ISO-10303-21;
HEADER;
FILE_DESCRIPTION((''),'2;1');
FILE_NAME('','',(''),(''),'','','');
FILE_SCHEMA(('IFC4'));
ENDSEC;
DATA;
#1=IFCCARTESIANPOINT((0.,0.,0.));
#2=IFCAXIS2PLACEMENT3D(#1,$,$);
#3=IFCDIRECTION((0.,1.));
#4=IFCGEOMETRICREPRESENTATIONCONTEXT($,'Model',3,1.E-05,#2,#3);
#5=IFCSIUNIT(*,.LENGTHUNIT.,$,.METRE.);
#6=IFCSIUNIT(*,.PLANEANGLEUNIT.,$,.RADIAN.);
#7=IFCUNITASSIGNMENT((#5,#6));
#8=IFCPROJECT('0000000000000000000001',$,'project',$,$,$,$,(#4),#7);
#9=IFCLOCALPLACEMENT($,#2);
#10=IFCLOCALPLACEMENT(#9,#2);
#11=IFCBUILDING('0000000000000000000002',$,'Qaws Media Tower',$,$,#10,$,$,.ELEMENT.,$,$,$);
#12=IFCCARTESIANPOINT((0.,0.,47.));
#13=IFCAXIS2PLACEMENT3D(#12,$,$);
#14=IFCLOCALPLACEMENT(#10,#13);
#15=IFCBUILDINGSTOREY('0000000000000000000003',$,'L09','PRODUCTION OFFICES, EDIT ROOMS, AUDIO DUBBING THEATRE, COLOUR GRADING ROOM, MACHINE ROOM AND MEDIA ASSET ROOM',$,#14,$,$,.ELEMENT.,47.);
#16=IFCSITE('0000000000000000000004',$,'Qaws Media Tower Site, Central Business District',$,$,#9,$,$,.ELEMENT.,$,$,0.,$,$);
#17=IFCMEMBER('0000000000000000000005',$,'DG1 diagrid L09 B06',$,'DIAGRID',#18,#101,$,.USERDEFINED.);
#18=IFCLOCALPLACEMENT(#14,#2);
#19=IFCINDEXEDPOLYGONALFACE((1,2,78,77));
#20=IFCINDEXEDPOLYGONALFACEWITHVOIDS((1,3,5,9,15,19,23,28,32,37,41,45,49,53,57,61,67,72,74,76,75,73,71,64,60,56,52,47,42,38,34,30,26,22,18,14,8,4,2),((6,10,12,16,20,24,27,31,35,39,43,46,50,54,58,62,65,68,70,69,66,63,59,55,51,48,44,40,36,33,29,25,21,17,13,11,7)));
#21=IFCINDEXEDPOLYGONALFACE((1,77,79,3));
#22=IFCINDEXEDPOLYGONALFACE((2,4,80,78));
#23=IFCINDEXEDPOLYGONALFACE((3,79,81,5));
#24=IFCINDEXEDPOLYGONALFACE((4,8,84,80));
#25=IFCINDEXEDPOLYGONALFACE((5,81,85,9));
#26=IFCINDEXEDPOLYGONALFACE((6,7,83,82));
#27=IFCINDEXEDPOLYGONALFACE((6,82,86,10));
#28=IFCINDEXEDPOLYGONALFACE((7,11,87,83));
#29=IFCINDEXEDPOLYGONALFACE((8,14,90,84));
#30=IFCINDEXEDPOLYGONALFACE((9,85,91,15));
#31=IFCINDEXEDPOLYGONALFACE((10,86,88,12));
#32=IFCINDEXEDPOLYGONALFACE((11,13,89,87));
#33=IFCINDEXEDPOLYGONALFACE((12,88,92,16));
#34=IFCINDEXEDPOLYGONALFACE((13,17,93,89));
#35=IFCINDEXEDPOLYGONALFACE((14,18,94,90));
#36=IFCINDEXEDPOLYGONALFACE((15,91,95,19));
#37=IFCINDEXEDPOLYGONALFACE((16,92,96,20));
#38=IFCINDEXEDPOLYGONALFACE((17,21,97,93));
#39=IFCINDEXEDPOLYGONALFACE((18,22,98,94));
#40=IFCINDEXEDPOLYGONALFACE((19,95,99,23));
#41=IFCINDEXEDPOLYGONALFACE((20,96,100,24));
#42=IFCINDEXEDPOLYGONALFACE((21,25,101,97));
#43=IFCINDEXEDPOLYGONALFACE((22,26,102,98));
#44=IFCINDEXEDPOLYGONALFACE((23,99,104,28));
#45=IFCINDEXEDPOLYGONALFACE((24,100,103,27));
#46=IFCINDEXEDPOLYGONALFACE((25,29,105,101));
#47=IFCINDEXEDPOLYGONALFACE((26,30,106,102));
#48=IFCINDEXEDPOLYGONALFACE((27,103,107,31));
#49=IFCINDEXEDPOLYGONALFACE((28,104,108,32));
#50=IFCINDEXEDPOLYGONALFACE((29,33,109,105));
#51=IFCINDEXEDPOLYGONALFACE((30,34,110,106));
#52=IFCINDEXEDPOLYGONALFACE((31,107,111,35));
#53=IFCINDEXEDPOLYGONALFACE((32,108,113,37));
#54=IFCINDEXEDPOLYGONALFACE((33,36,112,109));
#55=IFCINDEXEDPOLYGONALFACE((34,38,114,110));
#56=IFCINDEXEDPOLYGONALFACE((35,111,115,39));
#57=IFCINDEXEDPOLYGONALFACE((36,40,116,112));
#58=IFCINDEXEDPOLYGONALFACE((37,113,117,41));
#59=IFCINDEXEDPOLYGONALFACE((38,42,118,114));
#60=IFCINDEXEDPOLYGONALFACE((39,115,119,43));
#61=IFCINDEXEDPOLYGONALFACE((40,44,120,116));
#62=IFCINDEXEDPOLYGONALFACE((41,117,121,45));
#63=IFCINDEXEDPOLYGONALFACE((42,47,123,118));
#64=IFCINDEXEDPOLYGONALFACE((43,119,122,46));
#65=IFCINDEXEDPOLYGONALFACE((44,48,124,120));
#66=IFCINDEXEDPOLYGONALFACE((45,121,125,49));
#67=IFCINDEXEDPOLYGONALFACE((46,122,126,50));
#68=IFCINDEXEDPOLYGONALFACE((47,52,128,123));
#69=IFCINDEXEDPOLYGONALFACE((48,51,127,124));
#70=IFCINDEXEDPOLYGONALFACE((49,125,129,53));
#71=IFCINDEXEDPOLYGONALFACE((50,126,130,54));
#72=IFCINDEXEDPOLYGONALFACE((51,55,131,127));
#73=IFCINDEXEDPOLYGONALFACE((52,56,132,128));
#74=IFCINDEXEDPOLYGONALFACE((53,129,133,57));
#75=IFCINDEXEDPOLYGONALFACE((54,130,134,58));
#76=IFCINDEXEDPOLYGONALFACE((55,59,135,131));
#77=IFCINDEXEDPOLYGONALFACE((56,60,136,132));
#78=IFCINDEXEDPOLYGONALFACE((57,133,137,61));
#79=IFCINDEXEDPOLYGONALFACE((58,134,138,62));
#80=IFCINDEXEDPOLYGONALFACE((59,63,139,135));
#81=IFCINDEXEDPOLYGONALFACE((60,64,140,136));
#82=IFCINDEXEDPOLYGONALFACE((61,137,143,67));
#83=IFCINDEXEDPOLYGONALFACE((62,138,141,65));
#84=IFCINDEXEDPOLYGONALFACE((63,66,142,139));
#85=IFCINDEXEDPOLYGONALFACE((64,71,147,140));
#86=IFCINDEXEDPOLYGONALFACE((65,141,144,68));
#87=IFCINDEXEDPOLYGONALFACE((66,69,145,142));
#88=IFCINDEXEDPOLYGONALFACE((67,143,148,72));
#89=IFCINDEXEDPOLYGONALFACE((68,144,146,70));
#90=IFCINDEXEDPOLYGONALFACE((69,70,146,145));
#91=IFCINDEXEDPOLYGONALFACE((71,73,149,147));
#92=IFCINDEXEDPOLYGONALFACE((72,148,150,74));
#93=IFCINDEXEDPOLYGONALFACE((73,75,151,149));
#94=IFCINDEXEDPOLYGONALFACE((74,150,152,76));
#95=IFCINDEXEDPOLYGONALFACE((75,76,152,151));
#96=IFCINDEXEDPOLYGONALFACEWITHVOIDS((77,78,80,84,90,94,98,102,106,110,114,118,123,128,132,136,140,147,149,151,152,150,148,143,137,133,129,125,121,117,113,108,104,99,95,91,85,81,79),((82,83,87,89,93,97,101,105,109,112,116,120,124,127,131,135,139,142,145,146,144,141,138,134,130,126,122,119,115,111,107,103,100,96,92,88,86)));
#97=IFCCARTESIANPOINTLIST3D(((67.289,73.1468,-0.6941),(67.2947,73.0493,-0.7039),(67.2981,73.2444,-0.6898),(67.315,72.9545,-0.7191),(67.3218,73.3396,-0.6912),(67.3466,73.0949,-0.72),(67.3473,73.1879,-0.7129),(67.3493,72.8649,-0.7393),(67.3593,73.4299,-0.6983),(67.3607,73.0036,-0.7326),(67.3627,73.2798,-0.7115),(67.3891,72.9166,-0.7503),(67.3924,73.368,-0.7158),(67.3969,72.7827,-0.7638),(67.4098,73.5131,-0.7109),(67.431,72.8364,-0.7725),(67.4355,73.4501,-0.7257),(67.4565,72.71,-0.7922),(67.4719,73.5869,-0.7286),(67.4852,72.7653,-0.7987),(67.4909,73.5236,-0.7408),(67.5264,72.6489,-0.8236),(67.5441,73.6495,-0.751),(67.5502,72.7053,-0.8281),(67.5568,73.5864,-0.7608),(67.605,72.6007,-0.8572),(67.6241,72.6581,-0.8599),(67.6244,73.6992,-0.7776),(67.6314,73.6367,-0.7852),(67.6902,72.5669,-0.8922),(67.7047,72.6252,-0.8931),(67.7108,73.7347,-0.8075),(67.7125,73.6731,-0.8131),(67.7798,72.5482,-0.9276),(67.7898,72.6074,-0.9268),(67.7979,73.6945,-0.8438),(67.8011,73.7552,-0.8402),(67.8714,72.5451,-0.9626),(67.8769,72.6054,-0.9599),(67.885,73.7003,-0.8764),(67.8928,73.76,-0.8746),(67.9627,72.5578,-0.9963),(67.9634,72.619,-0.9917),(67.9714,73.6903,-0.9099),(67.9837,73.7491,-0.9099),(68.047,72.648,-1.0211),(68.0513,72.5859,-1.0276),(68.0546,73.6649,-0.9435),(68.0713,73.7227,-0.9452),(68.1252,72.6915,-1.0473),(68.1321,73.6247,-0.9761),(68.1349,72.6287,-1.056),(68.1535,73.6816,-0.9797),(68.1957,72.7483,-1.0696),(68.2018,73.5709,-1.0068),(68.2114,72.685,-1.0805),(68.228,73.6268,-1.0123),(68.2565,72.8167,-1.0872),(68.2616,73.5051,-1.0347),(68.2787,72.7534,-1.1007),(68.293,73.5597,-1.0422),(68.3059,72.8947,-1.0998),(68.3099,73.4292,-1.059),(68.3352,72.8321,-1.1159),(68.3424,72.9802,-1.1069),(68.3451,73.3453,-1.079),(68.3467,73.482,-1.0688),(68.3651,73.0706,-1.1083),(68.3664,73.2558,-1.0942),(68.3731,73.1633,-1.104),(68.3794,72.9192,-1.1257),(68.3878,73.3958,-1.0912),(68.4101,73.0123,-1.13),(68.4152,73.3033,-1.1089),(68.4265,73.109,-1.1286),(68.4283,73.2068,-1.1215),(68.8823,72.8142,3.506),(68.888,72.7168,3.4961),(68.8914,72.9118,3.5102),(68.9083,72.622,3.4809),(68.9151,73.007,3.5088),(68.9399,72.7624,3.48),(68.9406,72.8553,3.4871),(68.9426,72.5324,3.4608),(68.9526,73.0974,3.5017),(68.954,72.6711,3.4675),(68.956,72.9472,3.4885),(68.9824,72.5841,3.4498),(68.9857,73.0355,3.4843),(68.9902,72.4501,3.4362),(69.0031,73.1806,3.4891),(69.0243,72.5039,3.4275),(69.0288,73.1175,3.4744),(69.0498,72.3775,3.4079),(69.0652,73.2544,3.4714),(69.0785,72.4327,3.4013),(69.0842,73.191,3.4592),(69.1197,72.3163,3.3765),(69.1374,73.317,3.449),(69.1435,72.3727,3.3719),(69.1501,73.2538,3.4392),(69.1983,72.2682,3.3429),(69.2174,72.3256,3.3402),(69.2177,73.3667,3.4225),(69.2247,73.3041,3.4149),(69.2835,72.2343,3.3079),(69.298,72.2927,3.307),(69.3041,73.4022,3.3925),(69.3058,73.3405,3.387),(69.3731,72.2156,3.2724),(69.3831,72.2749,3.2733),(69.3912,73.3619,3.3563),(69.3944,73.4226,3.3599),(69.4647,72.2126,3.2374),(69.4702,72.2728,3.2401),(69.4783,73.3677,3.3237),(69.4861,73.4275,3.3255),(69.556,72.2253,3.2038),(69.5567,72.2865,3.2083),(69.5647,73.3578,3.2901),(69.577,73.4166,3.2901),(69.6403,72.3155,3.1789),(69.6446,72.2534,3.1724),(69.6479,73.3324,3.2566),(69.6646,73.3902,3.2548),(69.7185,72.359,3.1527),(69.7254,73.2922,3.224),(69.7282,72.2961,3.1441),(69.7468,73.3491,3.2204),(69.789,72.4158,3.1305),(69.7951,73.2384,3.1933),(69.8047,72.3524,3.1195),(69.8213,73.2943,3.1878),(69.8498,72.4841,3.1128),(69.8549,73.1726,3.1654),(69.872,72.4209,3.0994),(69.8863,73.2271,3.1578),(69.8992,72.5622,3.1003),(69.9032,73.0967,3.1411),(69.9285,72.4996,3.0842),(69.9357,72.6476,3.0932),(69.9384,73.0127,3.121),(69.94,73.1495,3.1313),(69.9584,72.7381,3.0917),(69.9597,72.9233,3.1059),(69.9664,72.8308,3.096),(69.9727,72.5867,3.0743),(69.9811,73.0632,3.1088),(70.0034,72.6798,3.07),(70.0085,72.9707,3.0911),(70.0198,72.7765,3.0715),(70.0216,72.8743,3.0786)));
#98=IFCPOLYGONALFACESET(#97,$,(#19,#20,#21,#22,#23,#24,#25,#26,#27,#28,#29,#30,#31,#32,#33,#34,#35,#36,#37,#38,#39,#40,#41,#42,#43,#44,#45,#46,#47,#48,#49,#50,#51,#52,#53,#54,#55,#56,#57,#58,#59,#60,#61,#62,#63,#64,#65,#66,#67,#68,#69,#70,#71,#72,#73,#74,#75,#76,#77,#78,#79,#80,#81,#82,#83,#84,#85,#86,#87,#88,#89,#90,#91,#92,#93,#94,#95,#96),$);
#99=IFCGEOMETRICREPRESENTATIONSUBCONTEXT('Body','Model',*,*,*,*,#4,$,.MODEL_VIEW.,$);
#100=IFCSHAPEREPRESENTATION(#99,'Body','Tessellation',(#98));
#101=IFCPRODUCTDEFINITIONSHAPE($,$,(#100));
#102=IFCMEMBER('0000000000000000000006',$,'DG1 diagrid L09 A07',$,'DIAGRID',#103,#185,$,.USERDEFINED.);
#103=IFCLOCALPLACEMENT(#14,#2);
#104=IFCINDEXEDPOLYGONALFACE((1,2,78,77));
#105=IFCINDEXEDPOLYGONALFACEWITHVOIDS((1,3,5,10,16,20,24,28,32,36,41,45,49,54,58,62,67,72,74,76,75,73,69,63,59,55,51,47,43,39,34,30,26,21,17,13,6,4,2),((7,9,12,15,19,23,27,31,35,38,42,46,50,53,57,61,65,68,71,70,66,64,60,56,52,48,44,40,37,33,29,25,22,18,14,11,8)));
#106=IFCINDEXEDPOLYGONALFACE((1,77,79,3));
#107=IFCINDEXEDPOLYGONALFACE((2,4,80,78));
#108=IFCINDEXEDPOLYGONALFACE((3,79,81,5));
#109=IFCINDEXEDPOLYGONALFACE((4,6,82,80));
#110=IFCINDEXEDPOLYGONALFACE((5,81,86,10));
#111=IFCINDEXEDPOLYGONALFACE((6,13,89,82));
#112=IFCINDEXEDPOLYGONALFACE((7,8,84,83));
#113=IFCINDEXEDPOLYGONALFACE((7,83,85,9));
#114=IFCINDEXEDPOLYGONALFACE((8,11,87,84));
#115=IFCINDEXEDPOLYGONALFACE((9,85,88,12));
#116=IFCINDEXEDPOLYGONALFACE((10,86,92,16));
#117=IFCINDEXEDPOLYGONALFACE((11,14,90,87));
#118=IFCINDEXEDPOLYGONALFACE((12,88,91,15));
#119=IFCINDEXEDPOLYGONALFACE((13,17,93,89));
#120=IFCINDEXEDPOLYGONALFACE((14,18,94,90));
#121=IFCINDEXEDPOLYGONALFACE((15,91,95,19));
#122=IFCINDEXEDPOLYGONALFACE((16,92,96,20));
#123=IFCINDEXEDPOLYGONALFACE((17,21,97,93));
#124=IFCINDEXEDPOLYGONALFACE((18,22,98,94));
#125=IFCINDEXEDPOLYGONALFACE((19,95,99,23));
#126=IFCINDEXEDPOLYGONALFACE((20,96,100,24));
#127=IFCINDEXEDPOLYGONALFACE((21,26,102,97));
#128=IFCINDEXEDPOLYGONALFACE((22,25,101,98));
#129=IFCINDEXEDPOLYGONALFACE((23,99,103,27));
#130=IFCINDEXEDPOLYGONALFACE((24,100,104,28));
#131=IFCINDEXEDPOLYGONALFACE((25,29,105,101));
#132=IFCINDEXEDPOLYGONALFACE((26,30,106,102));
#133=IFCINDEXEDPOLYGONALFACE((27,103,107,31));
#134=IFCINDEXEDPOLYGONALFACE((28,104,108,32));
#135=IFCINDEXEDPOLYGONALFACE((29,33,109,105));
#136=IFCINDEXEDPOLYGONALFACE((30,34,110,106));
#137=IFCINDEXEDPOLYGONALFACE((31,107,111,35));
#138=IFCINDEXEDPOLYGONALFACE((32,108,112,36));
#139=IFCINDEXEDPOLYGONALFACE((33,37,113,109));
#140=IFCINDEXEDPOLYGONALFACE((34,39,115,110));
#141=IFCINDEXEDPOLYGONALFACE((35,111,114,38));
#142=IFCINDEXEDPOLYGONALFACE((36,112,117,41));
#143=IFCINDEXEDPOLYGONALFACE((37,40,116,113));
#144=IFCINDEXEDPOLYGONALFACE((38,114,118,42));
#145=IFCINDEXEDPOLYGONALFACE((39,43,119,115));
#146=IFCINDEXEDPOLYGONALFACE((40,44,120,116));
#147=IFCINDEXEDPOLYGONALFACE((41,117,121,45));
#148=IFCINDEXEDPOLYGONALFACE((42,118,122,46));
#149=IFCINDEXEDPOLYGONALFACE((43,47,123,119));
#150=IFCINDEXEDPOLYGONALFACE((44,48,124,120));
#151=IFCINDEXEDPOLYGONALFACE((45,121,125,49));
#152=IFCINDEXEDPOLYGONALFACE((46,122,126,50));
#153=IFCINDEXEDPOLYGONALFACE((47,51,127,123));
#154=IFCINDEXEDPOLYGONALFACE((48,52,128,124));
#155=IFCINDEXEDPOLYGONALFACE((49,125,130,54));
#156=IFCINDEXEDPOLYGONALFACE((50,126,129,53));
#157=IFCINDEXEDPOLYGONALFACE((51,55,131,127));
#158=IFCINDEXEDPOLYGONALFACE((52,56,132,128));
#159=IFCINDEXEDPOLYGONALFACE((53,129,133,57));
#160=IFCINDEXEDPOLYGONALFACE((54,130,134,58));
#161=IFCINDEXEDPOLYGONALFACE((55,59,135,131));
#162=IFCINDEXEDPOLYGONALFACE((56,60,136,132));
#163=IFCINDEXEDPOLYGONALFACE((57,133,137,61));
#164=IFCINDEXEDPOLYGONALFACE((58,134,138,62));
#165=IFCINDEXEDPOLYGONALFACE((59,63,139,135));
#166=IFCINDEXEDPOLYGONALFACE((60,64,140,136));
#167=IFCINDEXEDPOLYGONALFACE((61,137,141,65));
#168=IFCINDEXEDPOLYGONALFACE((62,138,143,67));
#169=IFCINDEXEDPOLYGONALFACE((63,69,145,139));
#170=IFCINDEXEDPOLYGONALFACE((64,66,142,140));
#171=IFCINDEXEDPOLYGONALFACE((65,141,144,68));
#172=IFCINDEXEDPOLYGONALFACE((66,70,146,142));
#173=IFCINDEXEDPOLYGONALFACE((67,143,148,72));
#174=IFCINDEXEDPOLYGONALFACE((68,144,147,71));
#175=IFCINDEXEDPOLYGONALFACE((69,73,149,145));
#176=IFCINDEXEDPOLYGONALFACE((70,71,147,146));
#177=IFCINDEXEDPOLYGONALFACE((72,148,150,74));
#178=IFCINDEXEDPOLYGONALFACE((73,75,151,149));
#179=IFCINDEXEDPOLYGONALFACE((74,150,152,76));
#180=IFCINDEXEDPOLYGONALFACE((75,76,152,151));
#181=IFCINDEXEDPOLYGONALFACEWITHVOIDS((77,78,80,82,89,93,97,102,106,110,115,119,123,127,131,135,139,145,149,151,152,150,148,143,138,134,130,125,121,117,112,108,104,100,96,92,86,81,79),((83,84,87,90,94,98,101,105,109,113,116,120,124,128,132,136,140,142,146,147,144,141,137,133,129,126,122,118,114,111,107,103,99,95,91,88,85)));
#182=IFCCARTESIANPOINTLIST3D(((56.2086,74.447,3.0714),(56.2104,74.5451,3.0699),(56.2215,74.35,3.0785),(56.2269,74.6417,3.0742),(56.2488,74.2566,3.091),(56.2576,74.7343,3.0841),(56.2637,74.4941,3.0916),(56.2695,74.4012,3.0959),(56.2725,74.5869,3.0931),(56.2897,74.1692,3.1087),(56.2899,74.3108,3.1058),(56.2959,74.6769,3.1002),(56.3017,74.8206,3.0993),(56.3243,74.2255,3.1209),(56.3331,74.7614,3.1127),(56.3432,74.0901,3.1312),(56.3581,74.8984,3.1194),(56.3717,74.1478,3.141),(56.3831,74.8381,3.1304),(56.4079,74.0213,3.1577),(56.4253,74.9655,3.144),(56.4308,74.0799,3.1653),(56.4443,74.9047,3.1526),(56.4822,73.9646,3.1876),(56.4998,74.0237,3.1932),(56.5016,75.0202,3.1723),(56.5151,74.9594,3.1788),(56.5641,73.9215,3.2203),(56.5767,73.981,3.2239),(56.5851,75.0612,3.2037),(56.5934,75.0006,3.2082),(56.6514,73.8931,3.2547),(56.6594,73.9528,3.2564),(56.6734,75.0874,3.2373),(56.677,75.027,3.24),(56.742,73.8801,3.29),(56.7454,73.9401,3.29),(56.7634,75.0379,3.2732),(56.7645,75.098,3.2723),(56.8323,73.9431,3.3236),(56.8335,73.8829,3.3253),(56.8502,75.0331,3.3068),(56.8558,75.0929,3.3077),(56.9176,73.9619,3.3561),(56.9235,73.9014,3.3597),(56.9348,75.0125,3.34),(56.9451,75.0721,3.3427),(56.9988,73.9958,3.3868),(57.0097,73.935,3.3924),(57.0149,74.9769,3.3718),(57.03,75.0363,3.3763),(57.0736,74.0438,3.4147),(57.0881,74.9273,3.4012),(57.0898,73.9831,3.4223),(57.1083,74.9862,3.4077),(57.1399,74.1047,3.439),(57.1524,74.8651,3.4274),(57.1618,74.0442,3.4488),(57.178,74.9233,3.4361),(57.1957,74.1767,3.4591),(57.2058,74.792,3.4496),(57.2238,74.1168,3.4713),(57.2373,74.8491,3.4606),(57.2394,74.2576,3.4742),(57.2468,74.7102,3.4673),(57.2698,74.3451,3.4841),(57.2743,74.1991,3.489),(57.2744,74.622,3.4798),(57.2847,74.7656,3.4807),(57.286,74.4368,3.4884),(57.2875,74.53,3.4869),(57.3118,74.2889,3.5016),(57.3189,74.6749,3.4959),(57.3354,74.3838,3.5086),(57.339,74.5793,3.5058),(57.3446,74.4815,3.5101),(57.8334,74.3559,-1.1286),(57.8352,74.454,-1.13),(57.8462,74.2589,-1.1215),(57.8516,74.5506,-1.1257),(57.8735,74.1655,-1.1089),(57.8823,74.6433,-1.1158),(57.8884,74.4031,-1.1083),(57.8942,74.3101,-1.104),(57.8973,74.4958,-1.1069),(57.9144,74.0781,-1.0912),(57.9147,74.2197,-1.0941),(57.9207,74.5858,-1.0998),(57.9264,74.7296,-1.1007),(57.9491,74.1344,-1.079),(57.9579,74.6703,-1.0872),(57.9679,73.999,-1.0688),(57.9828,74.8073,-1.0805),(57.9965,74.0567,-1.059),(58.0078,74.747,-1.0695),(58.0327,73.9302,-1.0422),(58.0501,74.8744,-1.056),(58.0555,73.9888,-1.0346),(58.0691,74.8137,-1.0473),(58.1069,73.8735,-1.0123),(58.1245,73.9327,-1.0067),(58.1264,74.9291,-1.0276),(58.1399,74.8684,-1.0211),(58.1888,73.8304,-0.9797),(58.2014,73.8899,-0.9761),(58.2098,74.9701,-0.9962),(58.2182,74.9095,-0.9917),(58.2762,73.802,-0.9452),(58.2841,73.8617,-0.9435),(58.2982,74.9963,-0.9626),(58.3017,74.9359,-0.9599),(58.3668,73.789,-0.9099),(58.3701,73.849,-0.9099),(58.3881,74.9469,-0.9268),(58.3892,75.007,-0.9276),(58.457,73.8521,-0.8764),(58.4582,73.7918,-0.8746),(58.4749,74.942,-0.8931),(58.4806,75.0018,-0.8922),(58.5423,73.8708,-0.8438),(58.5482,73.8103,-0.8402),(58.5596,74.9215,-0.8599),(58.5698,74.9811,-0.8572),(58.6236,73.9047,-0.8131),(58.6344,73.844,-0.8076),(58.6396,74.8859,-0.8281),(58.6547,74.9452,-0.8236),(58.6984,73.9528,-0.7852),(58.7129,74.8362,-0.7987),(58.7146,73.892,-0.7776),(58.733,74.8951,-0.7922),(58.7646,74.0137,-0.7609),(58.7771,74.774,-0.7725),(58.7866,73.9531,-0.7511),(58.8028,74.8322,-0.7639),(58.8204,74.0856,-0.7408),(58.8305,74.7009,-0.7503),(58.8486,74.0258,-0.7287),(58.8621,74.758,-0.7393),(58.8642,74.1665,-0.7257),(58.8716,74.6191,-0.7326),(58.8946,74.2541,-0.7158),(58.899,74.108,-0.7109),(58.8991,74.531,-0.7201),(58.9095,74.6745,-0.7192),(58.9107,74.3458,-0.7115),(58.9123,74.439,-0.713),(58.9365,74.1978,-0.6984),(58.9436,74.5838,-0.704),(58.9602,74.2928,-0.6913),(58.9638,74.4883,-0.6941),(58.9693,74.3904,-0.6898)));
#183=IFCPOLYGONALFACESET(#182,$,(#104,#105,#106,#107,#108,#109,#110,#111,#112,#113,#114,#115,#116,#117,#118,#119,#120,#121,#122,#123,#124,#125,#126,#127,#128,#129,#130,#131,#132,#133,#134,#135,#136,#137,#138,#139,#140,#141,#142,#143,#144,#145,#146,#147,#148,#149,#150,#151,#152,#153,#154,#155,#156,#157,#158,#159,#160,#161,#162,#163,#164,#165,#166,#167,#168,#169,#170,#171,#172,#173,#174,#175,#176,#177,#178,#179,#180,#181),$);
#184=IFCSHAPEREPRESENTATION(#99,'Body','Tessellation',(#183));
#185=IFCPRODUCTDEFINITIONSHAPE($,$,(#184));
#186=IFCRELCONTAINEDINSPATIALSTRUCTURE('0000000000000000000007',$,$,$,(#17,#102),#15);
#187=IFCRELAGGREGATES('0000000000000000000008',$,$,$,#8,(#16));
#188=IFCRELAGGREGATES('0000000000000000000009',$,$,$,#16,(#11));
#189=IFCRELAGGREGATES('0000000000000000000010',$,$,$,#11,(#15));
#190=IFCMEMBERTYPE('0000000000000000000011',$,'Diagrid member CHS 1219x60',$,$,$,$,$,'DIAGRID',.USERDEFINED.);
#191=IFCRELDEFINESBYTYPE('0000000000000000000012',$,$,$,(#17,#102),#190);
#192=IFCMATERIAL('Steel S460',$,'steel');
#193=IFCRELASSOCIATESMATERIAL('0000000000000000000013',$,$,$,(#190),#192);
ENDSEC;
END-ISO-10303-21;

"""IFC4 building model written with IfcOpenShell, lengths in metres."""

from ifc_helpers import new_model, si_unit, direction, frame, origin, origin_2d, place, context, subcontext, project, spatial, hollow_circle, extrude, material, material_profile, profile_set, type_object, element, save


model = new_model("IFC4")

# Units and contexts
model_context = context("Model", 3, precision=1e-05, world=origin(), true_north=direction((0.0, 1.0)))
body_context = subcontext(model_context, "Body", "Model", "MODEL_VIEW")
ifc_project = project(units=[si_unit("LENGTHUNIT", "METRE"), si_unit("PLANEANGLEUNIT", "RADIAN")], contexts=[model_context])

# Site, building, storey
site_placement = place(None, origin())
site = spatial("IfcSite", under=ifc_project, at=site_placement, Name="Qaws Media Tower Site, Central Business District", CompositionType="ELEMENT", RefElevation=0.0)
building_placement = place(site_placement, origin())
building = spatial("IfcBuilding", under=site, at=building_placement, Name="Qaws Media Tower", CompositionType="ELEMENT")
storey_placement = place(building_placement, frame((0.0, 0.0, 47.0)))
storey = spatial("IfcBuildingStorey", under=building, at=storey_placement, Name="L09", Description="PRODUCTION OFFICES, EDIT ROOMS, AUDIO DUBBING THEATRE, COLOUR GRADING ROOM, MACHINE ROOM AND MEDIA ASSET ROOM", CompositionType="ELEMENT", Elevation=47.0)

# Members
ifc_material_1 = material(Name="Steel S460", Category="steel")
ifc_material_profile_1 = material_profile(ifc_material_1, hollow_circle(Radius=0.6096, WallThickness=0.0601, at=origin_2d()), Name="CHS 1219x60")
ifc_profile_set_1 = profile_set([ifc_material_profile_1], Name="Steel S460")
member_type_1 = type_object("IfcMemberType", Name="Diagrid member CHS 1219x60", ElementType="DIAGRID", PredefinedType="USERDEFINED", material=ifc_profile_set_1)
for number, where, z_axis, x_axis, name in (
    (1, (67.8591, 73.1523, -0.9099), (0.353721, -0.073823, 0.932433), (0.204302, 0.978908, 0.0), "DG1 diagrid L09 B06"),
):
    element("IfcMember", number, at=place(storey_placement, frame(where, z_axis=z_axis, x_axis=x_axis)), inside=storey, type_object=member_type_1, Name=name, ObjectType="DIAGRID", PredefinedType="USERDEFINED", context=body_context, shape_type="SweptSolid", body=[
        extrude(hollow_circle(Radius=0.6096, WallThickness=0.0601, at=origin_2d()), origin(), (0.0, 0.0, 1.0), 4.5044),
    ])
for number, where, z_axis, x_axis, name in (
    (2, (58.4009, 74.3977, -0.9099), (-0.360721, 0.020218, 0.932455), (-0.05596, -0.998433, 0.0), "DG1 diagrid L09 A07"),
):
    element("IfcMember", number, at=place(storey_placement, frame(where, z_axis=z_axis, x_axis=x_axis)), inside=storey, type_object=member_type_1, Name=name, ObjectType="DIAGRID", PredefinedType="USERDEFINED", context=body_context, shape_type="SweptSolid", body=[
        extrude(hollow_circle(Radius=0.6096, WallThickness=0.0601, at=origin_2d()), origin(), (0.0, 0.0, 1.0), 4.5042),
    ])

save(model, "model.ifc")
